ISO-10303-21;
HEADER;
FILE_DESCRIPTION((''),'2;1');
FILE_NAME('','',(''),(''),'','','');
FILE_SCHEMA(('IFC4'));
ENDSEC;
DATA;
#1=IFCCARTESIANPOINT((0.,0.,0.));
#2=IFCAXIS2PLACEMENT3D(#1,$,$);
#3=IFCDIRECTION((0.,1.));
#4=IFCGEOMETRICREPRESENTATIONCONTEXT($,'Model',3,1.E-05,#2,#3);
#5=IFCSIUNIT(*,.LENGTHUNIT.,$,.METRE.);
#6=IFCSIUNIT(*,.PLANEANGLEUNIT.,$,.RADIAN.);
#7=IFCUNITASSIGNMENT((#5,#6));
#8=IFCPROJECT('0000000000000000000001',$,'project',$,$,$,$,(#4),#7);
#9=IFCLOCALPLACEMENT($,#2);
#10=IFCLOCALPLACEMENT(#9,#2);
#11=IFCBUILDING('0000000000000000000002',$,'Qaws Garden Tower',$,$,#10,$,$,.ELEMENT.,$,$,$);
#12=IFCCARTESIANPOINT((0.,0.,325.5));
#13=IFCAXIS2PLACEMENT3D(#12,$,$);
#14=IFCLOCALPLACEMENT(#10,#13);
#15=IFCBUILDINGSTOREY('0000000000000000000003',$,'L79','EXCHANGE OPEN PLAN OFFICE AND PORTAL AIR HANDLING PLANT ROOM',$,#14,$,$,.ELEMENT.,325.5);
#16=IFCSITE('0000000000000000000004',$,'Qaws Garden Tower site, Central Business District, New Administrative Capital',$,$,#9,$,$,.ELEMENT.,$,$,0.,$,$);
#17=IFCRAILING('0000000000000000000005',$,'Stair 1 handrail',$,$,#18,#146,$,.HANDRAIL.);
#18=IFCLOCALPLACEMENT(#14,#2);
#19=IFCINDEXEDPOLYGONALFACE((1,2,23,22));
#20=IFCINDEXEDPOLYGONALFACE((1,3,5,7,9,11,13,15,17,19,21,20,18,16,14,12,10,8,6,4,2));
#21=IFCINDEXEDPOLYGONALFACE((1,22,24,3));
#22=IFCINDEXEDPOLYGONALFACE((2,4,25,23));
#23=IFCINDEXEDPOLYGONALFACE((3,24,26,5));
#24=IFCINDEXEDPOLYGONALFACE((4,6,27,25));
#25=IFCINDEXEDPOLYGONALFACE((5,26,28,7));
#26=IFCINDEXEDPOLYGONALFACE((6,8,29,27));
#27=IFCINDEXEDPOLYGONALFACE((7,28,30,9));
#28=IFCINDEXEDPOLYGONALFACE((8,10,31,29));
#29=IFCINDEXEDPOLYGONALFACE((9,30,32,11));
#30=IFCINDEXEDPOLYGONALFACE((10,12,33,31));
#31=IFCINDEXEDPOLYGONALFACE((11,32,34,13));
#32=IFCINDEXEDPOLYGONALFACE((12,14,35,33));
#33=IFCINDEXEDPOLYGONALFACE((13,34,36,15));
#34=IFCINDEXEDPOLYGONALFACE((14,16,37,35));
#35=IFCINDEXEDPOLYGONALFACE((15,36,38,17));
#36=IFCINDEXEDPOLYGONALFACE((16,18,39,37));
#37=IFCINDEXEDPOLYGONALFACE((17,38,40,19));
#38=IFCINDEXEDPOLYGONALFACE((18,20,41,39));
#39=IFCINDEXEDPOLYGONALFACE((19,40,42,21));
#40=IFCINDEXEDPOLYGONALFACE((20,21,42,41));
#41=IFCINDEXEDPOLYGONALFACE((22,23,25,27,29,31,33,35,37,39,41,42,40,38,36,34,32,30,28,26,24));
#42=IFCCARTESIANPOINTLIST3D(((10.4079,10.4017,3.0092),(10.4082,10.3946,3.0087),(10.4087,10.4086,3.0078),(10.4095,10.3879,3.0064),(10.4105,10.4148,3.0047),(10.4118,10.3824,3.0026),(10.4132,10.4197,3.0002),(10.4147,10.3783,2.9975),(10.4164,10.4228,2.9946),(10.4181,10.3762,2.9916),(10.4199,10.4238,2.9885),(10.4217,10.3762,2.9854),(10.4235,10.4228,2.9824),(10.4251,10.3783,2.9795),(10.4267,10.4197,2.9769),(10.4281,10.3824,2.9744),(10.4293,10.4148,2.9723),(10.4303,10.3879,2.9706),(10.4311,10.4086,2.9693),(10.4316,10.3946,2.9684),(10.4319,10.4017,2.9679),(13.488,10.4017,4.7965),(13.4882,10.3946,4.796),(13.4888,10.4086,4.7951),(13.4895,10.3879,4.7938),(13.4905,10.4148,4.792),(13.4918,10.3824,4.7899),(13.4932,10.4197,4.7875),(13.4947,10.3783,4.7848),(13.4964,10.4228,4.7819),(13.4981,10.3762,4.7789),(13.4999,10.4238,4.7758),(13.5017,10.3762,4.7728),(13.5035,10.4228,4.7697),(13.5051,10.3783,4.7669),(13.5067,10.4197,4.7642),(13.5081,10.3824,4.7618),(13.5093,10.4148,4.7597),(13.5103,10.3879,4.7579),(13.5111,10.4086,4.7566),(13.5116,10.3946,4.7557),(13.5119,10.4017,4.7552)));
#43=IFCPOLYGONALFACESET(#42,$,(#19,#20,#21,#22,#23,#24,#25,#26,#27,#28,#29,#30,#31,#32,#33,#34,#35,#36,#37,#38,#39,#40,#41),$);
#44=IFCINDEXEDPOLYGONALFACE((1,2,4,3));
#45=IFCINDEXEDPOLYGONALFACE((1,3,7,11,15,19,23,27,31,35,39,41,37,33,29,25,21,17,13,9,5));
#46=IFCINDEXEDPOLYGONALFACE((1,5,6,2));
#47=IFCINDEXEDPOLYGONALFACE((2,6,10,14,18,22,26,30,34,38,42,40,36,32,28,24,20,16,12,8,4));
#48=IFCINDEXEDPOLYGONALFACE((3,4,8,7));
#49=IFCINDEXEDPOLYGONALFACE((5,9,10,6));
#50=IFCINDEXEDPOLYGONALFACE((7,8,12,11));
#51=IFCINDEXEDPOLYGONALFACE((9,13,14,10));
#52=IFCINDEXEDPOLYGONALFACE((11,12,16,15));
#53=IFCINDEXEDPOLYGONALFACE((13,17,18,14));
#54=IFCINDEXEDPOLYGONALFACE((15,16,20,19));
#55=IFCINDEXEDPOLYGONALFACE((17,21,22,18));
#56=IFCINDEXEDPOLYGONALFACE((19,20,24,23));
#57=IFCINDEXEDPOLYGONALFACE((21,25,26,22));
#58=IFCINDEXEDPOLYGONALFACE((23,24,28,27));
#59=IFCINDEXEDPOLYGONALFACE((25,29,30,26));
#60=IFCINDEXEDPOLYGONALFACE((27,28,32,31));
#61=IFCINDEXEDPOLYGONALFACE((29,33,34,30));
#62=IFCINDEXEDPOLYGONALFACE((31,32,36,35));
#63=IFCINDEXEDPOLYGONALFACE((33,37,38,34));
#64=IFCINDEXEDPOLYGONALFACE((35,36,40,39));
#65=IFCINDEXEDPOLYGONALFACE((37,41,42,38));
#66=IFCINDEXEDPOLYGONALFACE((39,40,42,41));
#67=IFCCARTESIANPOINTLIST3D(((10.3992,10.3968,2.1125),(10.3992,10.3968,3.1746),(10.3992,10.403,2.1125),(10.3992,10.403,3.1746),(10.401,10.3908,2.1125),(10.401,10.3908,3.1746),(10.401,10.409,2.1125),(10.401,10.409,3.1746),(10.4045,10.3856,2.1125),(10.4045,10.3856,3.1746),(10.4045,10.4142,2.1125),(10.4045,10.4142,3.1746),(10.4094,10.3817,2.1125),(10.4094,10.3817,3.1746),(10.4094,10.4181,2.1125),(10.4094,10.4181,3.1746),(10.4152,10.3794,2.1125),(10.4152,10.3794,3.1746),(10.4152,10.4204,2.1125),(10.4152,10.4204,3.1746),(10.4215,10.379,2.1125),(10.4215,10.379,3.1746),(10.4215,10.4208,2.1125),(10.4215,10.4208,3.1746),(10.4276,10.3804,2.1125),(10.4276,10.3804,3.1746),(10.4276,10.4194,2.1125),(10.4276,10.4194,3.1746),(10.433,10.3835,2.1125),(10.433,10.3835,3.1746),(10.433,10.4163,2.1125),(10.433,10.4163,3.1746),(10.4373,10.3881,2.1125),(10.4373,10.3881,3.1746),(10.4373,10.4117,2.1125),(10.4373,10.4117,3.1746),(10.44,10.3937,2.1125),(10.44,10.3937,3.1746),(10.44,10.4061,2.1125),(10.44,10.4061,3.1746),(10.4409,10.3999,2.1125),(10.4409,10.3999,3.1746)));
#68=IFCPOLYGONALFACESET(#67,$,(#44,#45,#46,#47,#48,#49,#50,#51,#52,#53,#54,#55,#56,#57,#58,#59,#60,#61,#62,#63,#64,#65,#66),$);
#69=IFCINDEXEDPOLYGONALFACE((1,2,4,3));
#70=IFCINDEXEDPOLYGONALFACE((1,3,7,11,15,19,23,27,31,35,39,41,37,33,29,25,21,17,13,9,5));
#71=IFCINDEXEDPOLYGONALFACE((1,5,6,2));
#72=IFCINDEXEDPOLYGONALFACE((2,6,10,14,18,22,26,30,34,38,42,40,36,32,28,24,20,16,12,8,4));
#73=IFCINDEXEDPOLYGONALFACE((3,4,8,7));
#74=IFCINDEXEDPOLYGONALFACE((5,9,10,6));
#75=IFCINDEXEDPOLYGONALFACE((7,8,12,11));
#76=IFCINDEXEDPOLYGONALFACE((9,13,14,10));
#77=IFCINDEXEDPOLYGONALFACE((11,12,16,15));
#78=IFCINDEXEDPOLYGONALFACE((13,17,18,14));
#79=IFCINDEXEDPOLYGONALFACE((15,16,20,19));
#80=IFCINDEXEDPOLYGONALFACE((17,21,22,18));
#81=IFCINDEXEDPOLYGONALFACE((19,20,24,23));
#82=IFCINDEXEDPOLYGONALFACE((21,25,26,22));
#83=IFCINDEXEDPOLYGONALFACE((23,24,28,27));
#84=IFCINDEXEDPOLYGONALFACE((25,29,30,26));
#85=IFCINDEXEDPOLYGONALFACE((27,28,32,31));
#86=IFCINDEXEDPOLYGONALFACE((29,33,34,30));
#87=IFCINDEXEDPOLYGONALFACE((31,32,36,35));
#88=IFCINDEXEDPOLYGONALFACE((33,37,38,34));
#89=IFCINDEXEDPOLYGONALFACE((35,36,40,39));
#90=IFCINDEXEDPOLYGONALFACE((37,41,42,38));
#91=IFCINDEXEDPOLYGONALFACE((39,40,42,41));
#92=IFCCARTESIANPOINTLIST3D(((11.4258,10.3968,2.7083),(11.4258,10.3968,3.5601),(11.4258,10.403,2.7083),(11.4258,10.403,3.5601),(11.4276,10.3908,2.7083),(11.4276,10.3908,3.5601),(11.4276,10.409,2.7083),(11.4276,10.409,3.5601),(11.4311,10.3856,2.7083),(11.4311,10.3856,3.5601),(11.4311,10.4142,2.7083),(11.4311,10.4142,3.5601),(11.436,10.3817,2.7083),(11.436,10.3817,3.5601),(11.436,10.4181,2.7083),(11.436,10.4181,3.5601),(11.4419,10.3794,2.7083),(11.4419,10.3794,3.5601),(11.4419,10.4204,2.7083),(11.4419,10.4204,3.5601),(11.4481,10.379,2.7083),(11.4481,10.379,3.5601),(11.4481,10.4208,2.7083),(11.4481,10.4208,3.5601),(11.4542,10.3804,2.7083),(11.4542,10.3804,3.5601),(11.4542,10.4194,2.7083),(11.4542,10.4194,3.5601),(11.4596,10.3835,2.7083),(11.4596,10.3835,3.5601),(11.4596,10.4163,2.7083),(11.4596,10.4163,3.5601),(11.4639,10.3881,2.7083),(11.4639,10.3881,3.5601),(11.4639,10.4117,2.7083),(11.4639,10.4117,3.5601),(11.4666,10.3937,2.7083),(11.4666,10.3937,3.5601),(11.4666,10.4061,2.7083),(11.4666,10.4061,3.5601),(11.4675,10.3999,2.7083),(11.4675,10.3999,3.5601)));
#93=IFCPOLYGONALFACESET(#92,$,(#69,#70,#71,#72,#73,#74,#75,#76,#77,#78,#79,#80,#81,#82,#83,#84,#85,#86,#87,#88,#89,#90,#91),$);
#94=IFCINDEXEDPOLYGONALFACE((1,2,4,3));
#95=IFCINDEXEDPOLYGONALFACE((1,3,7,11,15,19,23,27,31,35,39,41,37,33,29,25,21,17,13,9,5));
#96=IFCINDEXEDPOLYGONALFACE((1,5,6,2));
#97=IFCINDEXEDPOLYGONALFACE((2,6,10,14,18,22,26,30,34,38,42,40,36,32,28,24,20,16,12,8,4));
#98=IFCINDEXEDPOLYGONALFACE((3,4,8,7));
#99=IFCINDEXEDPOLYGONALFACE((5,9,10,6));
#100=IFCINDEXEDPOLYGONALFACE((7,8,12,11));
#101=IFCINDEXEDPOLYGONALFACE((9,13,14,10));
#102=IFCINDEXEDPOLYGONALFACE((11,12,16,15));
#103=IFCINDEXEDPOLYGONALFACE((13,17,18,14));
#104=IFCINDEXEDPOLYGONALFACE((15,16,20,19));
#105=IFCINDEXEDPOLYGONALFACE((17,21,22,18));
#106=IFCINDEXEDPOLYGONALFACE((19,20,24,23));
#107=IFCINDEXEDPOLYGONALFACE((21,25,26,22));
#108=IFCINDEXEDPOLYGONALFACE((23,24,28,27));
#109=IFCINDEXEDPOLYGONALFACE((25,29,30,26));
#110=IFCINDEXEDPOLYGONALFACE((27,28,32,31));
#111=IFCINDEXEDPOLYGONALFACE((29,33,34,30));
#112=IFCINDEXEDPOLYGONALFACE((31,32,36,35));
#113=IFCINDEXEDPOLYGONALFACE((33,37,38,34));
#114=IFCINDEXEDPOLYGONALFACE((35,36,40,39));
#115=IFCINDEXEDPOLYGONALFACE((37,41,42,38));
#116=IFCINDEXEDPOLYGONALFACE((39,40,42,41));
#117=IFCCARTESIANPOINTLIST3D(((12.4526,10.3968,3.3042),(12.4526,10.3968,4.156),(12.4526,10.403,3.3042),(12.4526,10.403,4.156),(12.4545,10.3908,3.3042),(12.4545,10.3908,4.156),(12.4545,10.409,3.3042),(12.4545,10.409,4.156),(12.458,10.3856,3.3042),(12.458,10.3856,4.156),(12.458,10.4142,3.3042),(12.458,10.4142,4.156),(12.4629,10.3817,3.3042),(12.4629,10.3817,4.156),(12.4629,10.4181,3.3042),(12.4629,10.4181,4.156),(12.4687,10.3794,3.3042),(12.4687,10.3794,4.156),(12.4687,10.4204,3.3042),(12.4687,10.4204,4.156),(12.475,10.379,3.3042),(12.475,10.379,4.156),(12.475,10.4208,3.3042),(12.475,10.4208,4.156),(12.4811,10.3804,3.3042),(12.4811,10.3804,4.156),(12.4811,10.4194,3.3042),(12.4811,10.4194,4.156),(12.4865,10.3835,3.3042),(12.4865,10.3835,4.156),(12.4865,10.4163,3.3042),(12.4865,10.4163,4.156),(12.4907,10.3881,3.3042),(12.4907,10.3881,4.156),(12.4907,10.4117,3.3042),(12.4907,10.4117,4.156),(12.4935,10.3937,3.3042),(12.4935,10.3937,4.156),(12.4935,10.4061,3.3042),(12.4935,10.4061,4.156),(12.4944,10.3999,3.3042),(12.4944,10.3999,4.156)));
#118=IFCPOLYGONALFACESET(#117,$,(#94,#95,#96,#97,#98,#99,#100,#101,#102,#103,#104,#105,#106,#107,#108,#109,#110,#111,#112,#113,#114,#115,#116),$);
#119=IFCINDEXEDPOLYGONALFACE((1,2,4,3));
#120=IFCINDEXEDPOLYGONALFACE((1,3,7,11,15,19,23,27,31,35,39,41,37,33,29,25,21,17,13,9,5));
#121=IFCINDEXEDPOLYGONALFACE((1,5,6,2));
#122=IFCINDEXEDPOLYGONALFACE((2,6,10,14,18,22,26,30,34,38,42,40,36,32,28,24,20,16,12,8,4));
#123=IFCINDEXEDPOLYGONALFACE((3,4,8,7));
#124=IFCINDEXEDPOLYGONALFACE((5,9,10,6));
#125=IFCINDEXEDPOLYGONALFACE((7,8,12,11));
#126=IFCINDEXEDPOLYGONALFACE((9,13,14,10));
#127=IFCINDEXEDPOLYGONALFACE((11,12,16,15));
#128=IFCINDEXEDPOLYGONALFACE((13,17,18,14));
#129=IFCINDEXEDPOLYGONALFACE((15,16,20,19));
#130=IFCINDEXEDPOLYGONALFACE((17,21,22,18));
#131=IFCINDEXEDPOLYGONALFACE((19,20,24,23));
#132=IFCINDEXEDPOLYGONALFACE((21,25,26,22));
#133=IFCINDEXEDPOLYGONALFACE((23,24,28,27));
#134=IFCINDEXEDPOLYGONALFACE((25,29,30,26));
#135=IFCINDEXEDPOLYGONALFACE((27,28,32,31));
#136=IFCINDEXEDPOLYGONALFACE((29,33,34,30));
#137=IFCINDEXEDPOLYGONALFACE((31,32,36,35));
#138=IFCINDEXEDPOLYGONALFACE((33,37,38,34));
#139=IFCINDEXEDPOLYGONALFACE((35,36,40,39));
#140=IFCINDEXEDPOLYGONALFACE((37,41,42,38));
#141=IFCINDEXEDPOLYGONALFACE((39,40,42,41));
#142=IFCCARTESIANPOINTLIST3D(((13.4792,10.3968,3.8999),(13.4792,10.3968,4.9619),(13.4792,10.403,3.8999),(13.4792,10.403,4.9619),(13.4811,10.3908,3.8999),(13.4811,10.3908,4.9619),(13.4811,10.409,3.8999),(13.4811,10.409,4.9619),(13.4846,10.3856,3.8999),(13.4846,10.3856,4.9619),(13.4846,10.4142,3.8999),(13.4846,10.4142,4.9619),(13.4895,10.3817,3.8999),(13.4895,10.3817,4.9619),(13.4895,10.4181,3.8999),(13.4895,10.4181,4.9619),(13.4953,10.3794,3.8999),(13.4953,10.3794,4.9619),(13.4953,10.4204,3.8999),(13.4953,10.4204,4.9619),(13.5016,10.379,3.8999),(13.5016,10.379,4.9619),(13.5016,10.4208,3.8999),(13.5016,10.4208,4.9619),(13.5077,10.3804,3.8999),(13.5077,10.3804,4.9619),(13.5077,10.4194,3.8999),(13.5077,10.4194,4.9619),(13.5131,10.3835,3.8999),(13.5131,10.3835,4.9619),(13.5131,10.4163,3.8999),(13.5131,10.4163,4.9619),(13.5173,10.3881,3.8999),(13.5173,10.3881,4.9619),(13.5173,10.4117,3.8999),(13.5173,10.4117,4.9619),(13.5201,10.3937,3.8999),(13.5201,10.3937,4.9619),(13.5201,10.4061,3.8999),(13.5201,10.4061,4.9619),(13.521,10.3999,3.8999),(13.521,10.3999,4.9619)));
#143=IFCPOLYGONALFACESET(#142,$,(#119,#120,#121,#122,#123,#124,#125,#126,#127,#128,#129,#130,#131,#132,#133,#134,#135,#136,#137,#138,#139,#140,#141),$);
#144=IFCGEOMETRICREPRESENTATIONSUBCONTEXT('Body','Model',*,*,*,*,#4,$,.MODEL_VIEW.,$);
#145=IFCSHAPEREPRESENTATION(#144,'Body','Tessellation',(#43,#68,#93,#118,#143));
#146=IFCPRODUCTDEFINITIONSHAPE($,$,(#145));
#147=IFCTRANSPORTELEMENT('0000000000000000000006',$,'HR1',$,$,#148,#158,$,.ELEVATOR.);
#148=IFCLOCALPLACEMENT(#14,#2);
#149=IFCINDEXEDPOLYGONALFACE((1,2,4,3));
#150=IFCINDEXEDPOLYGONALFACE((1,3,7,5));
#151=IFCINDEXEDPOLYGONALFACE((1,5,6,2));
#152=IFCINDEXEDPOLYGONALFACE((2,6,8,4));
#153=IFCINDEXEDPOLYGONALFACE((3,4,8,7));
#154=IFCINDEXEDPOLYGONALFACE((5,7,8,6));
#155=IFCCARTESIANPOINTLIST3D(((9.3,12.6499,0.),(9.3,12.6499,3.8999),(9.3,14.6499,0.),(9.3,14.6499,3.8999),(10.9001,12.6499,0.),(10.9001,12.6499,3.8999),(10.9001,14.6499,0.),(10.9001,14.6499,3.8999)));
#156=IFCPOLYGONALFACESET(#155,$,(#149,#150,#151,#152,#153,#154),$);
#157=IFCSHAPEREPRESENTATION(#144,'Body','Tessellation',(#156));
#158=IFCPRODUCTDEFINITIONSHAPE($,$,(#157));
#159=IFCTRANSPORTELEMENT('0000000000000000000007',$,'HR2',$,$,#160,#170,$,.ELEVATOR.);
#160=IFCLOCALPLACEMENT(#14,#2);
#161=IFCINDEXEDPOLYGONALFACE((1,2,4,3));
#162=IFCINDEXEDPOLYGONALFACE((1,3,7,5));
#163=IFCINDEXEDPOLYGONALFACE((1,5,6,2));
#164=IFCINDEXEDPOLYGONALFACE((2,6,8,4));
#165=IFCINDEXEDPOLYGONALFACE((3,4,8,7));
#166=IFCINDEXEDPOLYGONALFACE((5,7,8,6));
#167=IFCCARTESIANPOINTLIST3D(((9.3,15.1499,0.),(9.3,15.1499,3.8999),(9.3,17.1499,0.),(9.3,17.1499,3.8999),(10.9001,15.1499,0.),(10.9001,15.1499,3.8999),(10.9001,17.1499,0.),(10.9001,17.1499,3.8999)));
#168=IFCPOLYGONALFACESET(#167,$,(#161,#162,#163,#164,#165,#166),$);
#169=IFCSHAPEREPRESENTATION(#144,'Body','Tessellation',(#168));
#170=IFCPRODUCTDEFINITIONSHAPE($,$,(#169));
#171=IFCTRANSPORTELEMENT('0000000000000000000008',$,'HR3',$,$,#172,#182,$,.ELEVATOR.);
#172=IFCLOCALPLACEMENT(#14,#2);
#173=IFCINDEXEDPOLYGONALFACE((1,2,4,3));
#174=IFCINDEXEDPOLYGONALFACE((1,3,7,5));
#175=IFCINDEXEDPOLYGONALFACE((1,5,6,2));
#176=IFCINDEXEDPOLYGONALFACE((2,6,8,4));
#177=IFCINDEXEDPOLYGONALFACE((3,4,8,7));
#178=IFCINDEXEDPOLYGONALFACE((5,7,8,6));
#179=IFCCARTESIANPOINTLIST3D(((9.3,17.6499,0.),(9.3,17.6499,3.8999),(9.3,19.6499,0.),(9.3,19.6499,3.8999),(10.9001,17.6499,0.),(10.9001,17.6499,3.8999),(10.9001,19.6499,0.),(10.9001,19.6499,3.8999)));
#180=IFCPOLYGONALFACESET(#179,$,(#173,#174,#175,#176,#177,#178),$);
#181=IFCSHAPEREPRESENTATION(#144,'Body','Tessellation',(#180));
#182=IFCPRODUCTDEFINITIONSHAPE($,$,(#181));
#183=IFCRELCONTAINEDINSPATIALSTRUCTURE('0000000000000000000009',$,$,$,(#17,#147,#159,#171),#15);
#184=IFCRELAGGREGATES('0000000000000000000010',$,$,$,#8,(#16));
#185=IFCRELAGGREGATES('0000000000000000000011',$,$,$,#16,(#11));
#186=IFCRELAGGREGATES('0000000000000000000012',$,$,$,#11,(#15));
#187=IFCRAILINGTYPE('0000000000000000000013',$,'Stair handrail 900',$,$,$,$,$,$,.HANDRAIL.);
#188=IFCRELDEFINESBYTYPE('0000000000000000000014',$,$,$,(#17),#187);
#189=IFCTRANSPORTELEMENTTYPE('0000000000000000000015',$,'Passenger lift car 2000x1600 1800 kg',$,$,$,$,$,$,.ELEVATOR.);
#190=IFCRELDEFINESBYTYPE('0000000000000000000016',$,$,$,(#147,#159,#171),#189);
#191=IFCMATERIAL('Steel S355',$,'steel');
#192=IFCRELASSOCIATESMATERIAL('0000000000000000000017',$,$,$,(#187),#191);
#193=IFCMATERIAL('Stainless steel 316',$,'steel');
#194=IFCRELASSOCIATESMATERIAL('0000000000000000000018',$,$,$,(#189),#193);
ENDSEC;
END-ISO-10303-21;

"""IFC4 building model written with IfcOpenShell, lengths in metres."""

from ifc_helpers import new_model, si_unit, direction, frame, origin, origin_2d, place, context, subcontext, project, spatial, rectangle, circle, extrude, material, type_object, element, save


model = new_model("IFC4")

# Units and contexts
model_context = context("Model", 3, precision=1e-05, world=origin(), true_north=direction((0.0, 1.0)))
body_context = subcontext(model_context, "Body", "Model", "MODEL_VIEW")
ifc_project = project(units=[si_unit("LENGTHUNIT", "METRE"), si_unit("PLANEANGLEUNIT", "RADIAN")], contexts=[model_context])

# Site, building, storey
site_placement = place(None, origin())
site = spatial("IfcSite", under=ifc_project, at=site_placement, Name="Qaws Garden Tower site, Central Business District, New Administrative Capital", CompositionType="ELEMENT", RefElevation=0.0)
building_placement = place(site_placement, origin())
building = spatial("IfcBuilding", under=site, at=building_placement, Name="Qaws Garden Tower", CompositionType="ELEMENT")
storey_placement = place(building_placement, frame((0.0, 0.0, 325.5)))
storey = spatial("IfcBuildingStorey", under=building, at=storey_placement, Name="L79", Description="EXCHANGE OPEN PLAN OFFICE AND PORTAL AIR HANDLING PLANT ROOM", CompositionType="ELEMENT", Elevation=325.5)

# Railing
ifc_material_1 = material(Name="Steel S355", Category="steel")
railing_type = type_object("IfcRailingType", Name="Stair handrail 900", PredefinedType="HANDRAIL", material=ifc_material_1)
railing_1_placement = place(storey_placement, frame((10.4199, 10.3999, 2.1125)))
element("IfcRailing", 1, at=railing_1_placement, inside=storey, type_object=railing_type, Name="Stair 1 handrail", PredefinedType="HANDRAIL", context=body_context, shape_type="SweptSolid", body=[
    extrude(circle(Radius=0.0239, at=origin_2d()), frame((0.0, 0.0, 0.876), z_axis=(0.86492, 0.0, 0.501909), x_axis=(0.0, 1.0, 0.0)), (0.0, 0.0, 1.0), 3.561),
    extrude(circle(Radius=0.021, at=origin_2d()), origin(), (0.0, 0.0, 1.0), 1.062),
    extrude(circle(Radius=0.021, at=origin_2d()), frame((1.0266, 0.0, 0.5957)), (0.0, 0.0, 1.0), 0.8518),
    extrude(circle(Radius=0.021, at=origin_2d()), frame((2.0535, 0.0, 1.1917)), (0.0, 0.0, 1.0), 0.8518),
    extrude(circle(Radius=0.021, at=origin_2d()), frame((3.0801, 0.0, 1.7874)), (0.0, 0.0, 1.0), 1.062),
])

# Transport elements
ifc_material_2 = material(Name="Stainless steel 316", Category="steel")
transport_element_type = type_object("IfcTransportElementType", Name="Passenger lift car 2000x1600 1800 kg", PredefinedType="ELEVATOR", material=ifc_material_2)
for number, where, z_axis, x_axis, name in (
    (2, (10.1001, 13.6499, 0.0), (0.0, 0.0, 1.0), (1.0, 0.0, 0.0), "HR1"),
    (3, (10.1001, 16.1499, 0.0), (0.0, 0.0, 1.0), (1.0, 0.0, 0.0), "HR2"),
    (4, (10.1001, 18.6499, 0.0), (0.0, 0.0, 1.0), (1.0, 0.0, 0.0), "HR3"),
):
    element("IfcTransportElement", number, at=place(storey_placement, frame(where, z_axis=z_axis, x_axis=x_axis)), inside=storey, type_object=transport_element_type, Name=name, PredefinedType="ELEVATOR", context=body_context, shape_type="SweptSolid", body=[
        extrude(rectangle(XDim=1.6001, YDim=2.0, at=origin_2d()), origin(), (0.0, 0.0, 1.0), 3.8999),
    ])

save(model, "model.ifc")
